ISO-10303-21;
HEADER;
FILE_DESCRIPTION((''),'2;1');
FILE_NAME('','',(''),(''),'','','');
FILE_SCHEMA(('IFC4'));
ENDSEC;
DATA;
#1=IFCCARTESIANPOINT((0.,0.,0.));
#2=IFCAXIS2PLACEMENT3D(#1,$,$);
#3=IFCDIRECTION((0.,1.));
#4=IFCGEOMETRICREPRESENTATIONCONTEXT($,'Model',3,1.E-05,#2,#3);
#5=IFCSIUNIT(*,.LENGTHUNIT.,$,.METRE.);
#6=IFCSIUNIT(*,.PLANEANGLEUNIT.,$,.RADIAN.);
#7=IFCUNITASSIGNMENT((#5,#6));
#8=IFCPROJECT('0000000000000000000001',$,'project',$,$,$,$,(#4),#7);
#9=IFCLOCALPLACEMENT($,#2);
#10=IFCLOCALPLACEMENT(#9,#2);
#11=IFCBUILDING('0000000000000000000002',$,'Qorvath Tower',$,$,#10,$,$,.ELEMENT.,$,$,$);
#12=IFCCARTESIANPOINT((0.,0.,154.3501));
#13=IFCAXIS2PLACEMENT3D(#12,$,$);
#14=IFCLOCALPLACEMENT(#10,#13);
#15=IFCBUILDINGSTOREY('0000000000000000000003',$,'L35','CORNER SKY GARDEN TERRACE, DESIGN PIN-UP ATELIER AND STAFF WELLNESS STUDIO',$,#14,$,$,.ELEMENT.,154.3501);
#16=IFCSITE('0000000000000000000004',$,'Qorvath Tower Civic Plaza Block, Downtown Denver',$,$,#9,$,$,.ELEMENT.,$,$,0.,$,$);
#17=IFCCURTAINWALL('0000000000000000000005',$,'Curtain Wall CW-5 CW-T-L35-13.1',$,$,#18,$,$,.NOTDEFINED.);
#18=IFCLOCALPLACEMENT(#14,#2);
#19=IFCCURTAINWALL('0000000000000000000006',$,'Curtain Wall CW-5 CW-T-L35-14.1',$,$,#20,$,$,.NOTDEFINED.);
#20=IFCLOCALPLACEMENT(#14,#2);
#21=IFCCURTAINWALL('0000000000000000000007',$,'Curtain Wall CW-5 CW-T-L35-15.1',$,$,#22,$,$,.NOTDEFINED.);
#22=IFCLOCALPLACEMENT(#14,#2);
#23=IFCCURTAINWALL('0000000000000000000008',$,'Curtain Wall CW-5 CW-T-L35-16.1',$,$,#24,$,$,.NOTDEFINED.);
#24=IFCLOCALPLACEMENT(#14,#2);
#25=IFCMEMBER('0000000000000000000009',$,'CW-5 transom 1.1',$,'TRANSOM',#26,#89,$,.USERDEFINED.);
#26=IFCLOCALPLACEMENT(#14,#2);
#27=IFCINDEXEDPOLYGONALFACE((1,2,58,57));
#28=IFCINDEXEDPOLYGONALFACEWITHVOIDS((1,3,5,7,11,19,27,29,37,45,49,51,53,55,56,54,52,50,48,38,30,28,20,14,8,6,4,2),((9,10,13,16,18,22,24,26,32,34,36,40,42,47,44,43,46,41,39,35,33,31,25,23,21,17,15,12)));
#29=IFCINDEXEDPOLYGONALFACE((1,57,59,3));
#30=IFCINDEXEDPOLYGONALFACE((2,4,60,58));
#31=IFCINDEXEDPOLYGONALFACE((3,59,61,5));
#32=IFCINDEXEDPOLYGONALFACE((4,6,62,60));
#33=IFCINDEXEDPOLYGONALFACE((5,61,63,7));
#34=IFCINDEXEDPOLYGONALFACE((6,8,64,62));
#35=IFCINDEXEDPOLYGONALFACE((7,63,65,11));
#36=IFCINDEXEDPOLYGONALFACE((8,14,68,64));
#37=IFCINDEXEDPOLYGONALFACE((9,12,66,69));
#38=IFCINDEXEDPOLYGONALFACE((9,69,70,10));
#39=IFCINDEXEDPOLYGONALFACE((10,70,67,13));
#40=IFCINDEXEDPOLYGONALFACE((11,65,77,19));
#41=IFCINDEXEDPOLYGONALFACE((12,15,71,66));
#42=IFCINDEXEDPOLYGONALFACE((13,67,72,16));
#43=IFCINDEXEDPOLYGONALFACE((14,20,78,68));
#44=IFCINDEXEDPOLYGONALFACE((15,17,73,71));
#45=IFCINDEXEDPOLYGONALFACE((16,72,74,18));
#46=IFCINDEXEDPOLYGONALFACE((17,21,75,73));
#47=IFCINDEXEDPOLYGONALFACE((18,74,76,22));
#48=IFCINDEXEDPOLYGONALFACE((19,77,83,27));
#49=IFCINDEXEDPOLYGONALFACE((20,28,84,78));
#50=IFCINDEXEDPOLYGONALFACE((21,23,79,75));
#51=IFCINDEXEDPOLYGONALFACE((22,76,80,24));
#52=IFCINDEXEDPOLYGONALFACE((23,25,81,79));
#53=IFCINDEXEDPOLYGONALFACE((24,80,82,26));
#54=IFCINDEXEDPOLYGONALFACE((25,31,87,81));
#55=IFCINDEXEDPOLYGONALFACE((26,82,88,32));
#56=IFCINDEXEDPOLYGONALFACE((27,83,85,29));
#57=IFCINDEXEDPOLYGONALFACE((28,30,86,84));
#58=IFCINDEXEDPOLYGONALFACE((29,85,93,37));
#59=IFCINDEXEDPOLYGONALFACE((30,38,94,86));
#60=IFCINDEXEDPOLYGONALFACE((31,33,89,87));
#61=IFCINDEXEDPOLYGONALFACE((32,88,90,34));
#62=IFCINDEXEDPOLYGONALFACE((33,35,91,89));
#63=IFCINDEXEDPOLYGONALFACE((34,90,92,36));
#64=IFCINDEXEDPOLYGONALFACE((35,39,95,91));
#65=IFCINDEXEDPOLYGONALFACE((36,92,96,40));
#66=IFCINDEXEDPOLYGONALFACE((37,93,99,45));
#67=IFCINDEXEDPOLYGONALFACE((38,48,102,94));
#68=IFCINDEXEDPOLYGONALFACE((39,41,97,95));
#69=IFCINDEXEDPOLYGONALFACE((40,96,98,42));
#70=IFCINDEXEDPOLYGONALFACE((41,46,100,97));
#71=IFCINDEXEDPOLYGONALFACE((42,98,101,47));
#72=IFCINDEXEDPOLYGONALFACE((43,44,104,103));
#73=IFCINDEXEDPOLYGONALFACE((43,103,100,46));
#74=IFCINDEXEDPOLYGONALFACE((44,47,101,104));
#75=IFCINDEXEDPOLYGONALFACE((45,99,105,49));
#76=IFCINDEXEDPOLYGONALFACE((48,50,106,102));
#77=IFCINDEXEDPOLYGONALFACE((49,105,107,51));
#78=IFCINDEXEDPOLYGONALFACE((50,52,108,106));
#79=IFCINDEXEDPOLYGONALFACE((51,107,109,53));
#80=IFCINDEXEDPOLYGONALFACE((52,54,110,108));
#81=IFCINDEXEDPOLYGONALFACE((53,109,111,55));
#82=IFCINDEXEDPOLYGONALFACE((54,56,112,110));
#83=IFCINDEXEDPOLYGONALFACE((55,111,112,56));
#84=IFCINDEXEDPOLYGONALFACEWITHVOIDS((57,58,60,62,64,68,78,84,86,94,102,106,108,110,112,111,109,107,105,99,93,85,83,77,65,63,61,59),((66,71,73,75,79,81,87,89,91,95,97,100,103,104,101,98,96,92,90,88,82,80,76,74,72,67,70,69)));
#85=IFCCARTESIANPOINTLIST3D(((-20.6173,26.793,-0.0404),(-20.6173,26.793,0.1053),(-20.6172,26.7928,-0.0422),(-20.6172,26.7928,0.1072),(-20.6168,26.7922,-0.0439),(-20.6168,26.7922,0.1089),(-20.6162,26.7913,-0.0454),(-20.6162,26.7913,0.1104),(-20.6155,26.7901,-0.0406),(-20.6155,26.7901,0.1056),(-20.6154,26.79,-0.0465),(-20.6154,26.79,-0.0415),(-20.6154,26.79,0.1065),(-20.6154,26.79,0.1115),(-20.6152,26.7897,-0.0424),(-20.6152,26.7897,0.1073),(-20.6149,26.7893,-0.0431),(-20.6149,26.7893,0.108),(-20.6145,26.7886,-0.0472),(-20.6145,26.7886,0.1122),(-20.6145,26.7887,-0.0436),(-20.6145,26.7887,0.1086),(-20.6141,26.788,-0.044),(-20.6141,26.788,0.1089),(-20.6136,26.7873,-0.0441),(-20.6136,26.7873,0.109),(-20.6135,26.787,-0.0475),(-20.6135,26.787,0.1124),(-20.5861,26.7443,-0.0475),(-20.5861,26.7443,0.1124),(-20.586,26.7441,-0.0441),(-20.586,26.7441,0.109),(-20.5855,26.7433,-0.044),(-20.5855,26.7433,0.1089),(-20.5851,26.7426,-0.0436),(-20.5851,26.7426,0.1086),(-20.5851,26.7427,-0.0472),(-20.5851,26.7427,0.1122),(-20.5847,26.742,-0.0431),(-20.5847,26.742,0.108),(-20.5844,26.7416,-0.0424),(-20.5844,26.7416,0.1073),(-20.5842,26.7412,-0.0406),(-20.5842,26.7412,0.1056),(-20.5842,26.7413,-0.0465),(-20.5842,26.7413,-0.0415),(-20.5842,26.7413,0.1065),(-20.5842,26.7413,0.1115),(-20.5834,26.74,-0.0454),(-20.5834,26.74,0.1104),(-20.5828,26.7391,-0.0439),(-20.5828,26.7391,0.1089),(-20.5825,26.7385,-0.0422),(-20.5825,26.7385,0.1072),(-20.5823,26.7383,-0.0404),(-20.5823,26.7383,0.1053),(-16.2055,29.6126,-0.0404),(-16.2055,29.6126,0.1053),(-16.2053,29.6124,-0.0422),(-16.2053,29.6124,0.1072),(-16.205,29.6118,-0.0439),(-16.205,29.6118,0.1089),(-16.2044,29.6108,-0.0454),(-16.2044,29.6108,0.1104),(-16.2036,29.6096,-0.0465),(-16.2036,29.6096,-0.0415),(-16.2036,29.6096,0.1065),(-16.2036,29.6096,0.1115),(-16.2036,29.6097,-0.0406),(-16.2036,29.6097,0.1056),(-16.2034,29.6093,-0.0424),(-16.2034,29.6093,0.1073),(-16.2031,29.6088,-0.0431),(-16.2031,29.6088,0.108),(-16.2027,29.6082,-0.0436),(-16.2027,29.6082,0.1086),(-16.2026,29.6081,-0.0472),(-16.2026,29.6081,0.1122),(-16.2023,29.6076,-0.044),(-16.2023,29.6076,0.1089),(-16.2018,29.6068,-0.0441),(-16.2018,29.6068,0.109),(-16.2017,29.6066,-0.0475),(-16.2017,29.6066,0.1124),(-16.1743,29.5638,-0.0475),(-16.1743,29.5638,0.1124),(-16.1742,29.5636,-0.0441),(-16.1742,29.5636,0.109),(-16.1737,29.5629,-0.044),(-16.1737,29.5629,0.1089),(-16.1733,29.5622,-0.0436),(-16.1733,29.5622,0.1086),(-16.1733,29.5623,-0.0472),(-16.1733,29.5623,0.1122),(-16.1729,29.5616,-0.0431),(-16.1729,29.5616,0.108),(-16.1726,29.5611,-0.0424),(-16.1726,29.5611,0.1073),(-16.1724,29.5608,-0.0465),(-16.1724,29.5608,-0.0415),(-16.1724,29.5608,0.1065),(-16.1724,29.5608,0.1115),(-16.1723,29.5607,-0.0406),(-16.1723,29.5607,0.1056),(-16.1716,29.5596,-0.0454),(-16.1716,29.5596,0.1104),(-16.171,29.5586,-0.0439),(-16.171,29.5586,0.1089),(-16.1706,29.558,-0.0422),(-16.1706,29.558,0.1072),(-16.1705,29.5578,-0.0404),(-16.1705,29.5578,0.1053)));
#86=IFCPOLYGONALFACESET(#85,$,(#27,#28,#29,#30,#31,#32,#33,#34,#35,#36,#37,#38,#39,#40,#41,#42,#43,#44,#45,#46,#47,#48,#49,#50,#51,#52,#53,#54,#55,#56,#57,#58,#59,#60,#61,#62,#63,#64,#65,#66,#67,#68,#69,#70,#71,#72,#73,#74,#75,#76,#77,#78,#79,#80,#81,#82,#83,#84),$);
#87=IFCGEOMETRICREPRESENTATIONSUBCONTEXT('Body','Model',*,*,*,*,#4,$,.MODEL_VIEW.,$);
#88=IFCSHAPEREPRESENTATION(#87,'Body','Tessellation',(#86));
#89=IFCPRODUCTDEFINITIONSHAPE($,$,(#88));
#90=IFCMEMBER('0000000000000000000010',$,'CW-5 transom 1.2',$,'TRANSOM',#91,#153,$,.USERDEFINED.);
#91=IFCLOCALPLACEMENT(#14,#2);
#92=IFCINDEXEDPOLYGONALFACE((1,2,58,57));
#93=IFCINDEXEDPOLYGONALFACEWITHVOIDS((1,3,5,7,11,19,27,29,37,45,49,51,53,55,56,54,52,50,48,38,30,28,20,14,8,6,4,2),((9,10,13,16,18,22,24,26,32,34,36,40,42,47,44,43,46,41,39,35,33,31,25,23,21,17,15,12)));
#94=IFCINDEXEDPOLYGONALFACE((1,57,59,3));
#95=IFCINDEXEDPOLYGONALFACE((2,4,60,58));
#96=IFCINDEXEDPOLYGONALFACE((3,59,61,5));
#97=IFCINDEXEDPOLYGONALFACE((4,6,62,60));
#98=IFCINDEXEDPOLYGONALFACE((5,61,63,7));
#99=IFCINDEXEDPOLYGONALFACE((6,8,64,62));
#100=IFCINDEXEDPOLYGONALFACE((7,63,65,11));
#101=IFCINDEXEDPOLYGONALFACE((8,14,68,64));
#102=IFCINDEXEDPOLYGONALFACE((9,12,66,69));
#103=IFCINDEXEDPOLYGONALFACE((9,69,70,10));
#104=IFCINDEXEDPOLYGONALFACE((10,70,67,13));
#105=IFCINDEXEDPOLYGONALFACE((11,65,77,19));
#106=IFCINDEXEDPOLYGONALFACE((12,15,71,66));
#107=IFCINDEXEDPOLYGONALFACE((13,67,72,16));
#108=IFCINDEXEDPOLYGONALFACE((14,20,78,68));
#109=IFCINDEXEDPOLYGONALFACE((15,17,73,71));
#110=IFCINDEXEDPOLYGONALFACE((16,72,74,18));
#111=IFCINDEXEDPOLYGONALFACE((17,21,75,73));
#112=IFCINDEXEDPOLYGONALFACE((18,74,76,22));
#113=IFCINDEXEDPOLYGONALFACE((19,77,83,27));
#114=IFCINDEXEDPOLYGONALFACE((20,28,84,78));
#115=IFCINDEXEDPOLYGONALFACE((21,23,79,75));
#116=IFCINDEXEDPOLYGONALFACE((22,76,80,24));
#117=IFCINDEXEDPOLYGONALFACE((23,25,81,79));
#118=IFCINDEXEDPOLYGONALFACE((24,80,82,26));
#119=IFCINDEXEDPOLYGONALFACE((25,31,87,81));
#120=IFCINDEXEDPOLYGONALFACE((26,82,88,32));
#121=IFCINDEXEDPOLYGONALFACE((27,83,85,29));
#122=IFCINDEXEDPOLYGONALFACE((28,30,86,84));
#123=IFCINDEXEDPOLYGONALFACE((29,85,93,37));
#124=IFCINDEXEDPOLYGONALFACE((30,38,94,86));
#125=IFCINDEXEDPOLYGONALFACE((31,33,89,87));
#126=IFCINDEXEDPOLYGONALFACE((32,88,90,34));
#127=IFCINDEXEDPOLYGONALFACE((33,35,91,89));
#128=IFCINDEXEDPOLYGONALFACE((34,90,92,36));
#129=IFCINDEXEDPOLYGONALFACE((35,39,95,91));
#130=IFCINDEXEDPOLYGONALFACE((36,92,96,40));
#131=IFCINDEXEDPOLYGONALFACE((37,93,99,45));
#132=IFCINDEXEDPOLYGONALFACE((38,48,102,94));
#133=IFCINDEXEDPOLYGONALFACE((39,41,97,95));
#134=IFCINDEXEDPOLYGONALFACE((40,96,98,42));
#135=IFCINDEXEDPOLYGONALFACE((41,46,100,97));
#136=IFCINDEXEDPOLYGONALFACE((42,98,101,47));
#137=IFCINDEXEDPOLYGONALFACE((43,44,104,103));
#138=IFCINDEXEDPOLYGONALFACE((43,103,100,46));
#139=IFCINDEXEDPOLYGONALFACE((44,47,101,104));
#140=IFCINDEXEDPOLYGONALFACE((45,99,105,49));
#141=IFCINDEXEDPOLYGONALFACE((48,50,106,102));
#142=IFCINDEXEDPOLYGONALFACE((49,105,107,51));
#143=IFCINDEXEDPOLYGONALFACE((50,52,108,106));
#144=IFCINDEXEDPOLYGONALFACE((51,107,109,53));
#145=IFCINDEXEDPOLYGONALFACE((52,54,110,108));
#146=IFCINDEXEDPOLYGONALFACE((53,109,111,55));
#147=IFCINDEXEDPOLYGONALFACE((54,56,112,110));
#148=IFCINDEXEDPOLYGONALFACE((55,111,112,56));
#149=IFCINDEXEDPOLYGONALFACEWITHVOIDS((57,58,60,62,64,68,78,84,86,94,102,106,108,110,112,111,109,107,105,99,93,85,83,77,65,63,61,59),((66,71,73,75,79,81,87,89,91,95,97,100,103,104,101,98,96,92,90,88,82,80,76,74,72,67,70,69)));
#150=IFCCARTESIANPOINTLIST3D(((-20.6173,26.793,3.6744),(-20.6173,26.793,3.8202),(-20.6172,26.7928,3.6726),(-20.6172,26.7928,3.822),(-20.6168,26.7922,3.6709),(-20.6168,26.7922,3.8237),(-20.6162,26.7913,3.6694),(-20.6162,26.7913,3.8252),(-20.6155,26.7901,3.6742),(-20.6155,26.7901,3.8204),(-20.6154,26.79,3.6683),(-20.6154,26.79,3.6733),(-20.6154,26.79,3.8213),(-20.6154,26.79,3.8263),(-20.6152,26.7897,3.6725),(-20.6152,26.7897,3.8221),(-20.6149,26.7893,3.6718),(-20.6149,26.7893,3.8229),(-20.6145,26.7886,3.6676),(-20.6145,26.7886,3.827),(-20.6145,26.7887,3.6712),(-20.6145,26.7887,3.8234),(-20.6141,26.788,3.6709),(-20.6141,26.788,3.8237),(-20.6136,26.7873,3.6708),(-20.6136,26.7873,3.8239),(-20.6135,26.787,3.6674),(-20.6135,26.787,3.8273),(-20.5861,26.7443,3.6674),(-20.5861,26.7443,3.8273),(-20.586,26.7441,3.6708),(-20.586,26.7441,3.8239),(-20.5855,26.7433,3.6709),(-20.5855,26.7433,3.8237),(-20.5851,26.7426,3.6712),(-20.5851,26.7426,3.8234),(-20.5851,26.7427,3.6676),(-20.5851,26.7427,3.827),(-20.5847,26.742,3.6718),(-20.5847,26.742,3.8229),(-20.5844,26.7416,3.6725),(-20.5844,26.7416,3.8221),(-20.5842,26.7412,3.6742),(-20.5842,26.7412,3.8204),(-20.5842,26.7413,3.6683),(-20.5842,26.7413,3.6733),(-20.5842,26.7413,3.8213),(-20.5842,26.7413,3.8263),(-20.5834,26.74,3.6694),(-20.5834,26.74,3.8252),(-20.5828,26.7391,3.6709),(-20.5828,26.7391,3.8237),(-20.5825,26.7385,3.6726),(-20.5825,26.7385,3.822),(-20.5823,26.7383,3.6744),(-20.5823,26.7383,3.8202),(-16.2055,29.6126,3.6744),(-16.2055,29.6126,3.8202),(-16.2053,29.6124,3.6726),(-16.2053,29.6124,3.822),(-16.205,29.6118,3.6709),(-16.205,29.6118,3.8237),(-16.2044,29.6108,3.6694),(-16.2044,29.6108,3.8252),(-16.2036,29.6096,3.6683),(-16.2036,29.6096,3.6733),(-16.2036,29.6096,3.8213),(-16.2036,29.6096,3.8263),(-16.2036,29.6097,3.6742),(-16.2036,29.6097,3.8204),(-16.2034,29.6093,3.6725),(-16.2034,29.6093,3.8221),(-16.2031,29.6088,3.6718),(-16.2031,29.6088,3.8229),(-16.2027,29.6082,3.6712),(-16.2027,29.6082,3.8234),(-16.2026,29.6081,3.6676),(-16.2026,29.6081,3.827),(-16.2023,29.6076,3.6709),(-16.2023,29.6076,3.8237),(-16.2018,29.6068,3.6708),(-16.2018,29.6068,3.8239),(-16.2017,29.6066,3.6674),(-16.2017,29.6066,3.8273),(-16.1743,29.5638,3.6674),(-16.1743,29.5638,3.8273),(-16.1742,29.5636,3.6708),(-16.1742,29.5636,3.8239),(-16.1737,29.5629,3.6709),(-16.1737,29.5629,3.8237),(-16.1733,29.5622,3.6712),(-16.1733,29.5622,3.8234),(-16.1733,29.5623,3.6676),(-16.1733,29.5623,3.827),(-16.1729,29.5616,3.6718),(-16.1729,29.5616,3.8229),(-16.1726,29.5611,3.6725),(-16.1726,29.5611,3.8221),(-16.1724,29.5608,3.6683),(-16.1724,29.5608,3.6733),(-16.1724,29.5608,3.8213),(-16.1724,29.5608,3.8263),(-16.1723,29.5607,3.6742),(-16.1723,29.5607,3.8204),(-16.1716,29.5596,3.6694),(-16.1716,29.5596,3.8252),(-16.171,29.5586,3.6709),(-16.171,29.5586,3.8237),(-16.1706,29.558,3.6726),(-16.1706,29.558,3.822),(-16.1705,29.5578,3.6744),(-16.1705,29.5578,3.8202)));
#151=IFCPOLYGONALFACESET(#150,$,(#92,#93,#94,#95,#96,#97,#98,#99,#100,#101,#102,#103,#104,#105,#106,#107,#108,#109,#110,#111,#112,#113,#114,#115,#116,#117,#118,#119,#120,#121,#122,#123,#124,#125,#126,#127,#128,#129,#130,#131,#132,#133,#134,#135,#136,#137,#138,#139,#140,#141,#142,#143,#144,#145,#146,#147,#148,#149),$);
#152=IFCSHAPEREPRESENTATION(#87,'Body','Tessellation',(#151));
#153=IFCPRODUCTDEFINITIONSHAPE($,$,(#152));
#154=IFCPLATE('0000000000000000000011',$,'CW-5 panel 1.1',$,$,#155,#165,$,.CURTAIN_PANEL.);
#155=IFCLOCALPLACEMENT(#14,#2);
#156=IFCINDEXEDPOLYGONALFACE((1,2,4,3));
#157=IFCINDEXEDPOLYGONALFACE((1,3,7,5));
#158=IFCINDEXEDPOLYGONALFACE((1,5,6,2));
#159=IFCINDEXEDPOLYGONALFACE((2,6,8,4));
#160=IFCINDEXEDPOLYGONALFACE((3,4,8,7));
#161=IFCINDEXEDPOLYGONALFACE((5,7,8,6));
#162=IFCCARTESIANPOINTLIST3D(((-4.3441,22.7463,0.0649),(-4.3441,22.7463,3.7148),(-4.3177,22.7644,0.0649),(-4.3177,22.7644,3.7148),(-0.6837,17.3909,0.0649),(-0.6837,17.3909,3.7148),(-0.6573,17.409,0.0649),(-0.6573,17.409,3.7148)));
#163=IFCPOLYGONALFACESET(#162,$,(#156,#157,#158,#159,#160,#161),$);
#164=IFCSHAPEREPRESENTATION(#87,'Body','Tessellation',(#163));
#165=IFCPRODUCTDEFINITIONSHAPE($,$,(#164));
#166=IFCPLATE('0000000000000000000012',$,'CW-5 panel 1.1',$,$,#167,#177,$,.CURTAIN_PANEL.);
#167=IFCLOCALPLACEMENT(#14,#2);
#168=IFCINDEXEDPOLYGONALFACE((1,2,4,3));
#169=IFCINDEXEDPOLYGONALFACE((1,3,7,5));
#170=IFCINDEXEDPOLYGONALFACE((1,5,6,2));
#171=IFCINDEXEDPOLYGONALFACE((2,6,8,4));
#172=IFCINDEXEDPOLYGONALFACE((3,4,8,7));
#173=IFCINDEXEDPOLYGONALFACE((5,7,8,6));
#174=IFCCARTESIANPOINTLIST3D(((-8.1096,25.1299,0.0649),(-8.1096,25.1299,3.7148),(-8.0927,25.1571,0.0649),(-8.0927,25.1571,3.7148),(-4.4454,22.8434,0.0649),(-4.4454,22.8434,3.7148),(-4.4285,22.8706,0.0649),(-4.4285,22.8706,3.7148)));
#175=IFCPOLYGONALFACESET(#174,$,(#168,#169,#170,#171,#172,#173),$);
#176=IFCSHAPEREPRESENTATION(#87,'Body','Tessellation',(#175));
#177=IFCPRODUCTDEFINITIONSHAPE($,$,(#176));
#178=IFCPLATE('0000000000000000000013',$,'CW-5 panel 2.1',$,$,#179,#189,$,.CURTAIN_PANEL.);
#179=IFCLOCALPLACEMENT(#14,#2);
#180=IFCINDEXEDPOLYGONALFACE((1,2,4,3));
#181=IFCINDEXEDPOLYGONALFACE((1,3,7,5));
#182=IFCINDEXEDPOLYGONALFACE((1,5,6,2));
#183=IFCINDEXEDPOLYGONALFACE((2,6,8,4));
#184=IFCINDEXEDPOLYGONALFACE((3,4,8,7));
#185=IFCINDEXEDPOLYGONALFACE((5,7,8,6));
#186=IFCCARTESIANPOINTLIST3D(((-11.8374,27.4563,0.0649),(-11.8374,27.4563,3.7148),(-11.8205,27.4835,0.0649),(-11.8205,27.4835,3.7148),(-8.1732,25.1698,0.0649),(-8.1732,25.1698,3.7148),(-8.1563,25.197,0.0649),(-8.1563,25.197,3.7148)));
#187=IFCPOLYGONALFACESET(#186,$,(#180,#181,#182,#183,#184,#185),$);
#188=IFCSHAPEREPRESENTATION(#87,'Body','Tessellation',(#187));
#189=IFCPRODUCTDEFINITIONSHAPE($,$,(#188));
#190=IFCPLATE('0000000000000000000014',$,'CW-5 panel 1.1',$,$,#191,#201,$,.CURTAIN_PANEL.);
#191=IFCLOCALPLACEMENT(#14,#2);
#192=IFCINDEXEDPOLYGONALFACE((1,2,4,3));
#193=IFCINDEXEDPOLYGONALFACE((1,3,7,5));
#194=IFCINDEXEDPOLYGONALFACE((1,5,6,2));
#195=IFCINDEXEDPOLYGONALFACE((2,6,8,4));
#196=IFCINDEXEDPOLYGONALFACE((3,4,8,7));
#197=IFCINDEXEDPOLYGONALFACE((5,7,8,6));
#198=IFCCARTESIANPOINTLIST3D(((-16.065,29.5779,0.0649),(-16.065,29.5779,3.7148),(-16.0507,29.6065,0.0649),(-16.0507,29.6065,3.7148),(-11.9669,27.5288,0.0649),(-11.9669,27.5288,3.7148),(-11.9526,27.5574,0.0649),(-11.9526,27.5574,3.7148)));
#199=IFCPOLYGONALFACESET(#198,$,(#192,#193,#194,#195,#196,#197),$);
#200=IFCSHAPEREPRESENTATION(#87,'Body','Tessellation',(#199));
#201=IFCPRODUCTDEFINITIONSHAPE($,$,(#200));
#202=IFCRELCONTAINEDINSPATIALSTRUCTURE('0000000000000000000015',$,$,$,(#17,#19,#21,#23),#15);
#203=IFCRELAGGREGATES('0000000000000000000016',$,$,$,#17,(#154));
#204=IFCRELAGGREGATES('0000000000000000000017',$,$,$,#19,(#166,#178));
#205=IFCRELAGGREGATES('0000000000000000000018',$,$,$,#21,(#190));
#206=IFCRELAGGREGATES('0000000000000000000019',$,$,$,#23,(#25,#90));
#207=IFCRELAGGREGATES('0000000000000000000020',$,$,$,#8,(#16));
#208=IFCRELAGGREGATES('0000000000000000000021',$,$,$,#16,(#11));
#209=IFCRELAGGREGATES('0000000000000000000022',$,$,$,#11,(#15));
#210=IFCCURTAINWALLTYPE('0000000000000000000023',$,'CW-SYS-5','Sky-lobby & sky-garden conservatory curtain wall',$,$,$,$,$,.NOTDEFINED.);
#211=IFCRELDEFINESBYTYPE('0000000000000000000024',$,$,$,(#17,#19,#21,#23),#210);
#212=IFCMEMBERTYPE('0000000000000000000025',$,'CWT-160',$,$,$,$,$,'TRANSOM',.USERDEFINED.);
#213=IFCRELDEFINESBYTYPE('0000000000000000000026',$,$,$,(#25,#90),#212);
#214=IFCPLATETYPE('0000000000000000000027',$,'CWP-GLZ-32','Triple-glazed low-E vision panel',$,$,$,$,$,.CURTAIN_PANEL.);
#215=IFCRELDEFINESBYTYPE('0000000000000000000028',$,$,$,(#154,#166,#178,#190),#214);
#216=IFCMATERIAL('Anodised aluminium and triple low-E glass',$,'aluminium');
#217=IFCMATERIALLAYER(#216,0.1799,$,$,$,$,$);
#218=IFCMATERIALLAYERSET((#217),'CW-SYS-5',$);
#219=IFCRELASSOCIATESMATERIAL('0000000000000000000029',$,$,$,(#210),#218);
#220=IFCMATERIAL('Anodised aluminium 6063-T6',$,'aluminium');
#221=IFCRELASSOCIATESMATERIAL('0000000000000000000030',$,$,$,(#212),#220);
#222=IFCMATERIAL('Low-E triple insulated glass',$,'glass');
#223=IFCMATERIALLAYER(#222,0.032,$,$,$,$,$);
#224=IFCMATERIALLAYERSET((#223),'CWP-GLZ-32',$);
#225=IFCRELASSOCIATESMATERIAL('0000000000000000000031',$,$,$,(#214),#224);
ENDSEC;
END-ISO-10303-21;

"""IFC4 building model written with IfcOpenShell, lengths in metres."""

from ifc_helpers import new_model, si_unit, direction, frame, origin, origin_2d, place, context, subcontext, project, spatial, rectangle, hollow_rectangle, extrude, material, layer, layer_set, material_profile, profile_set, type_object, element, aggregate, save


model = new_model("IFC4")

# Units and contexts
model_context = context("Model", 3, precision=1e-05, world=origin(), true_north=direction((0.0, 1.0)))
body_context = subcontext(model_context, "Body", "Model", "MODEL_VIEW")
ifc_project = project(units=[si_unit("LENGTHUNIT", "METRE"), si_unit("PLANEANGLEUNIT", "RADIAN")], contexts=[model_context])

# Site, building, storey
site_placement = place(None, origin())
site = spatial("IfcSite", under=ifc_project, at=site_placement, Name="Qorvath Tower Civic Plaza Block, Downtown Denver", CompositionType="ELEMENT", RefElevation=0.0)
building_placement = place(site_placement, origin())
building = spatial("IfcBuilding", under=site, at=building_placement, Name="Qorvath Tower", CompositionType="ELEMENT")
storey_placement = place(building_placement, frame((0.0, 0.0, 154.3501)))
storey = spatial("IfcBuildingStorey", under=building, at=storey_placement, Name="L35", Description="CORNER SKY GARDEN TERRACE, DESIGN PIN-UP ATELIER AND STAFF WELLNESS STUDIO", CompositionType="ELEMENT", Elevation=154.3501)

# Curtain wall
ifc_material_1 = material(Name="Anodised aluminium and triple low-E glass", Category="aluminium")
ifc_layer_1 = layer(ifc_material_1, 0.1799)
ifc_layer_set_1 = layer_set([ifc_layer_1], Name="CW-SYS-5")
curtain_wall_type = type_object("IfcCurtainWallType", Name="CW-SYS-5", Description="Sky-lobby & sky-garden conservatory curtain wall", PredefinedType="NOTDEFINED", material=ifc_layer_set_1)
curtain_wall_1_placement = place(storey_placement, origin())
curtain_wall_1 = element("IfcCurtainWall", 1, at=curtain_wall_1_placement, inside=storey, type_object=curtain_wall_type, Name="Curtain Wall CW-5 CW-T-L35-13.1", PredefinedType="NOTDEFINED")

# Curtain walls
curtain_wall_2_placement = place(storey_placement, origin())
curtain_wall_2 = element("IfcCurtainWall", 2, at=curtain_wall_2_placement, inside=storey, type_object=curtain_wall_type, Name="Curtain Wall CW-5 CW-T-L35-14.1", PredefinedType="NOTDEFINED")
curtain_wall_3_placement = place(storey_placement, origin())
curtain_wall_3 = element("IfcCurtainWall", 3, at=curtain_wall_3_placement, inside=storey, type_object=curtain_wall_type, Name="Curtain Wall CW-5 CW-T-L35-15.1", PredefinedType="NOTDEFINED")

# Curtain wall
curtain_wall_4_placement = place(storey_placement, origin())
curtain_wall_4 = element("IfcCurtainWall", 4, at=curtain_wall_4_placement, inside=storey, type_object=curtain_wall_type, Name="Curtain Wall CW-5 CW-T-L35-16.1", PredefinedType="NOTDEFINED")

# Members
ifc_material_2 = material(Name="Anodised aluminium 6063-T6", Category="aluminium")
ifc_material_profile_1 = material_profile(ifc_material_2, hollow_rectangle(XDim=0.0649, YDim=0.1599, WallThickness=0.0034, InnerFilletRadius=0.0034, OuterFilletRadius=0.0071, at=origin_2d()), Name="CWT 160x65")
ifc_profile_set_1 = profile_set([ifc_material_profile_1], Name="Anodised aluminium 6063-T6")
member_type_1 = type_object("IfcMemberType", Name="CWT-160", ElementType="TRANSOM", PredefinedType="USERDEFINED", material=ifc_profile_set_1)
member_1_placement = place(storey_placement, frame((-16.188, 29.5852, 0.0325), z_axis=(-0.842619, -0.53851, 0.0), x_axis=(0.53851, -0.842619, 0.0)))
member_1 = element("IfcMember", 5, at=member_1_placement, type_object=member_type_1, Name="CW-5 transom 1.1", ObjectType="TRANSOM", PredefinedType="USERDEFINED", context=body_context, shape_type="SweptSolid", body=[
    extrude(hollow_rectangle(XDim=0.0649, YDim=0.1599, WallThickness=0.0034, InnerFilletRadius=0.0034, OuterFilletRadius=0.0071, at=origin_2d()), origin(), (0.0, 0.0, 1.0), 5.2358),
])
member_2_placement = place(storey_placement, frame((-16.188, 29.5852, 3.7473), z_axis=(-0.842619, -0.53851, 0.0), x_axis=(0.53851, -0.842619, 0.0)))
member_2 = element("IfcMember", 6, at=member_2_placement, type_object=member_type_1, Name="CW-5 transom 1.2", ObjectType="TRANSOM", PredefinedType="USERDEFINED", context=body_context, shape_type="SweptSolid", body=[
    extrude(hollow_rectangle(XDim=0.0649, YDim=0.1599, WallThickness=0.0034, InnerFilletRadius=0.0034, OuterFilletRadius=0.0071, at=origin_2d()), origin(), (0.0, 0.0, 1.0), 5.2358),
])

# Plates
ifc_material_3 = material(Name="Low-E triple insulated glass", Category="glass")
ifc_layer_2 = layer(ifc_material_3, 0.032)
ifc_layer_set_2 = layer_set([ifc_layer_2], Name="CWP-GLZ-32")
plate_type = type_object("IfcPlateType", Name="CWP-GLZ-32", Description="Triple-glazed low-E vision panel", PredefinedType="CURTAIN_PANEL", material=ifc_layer_set_2)
plate_1_placement = place(storey_placement, frame((-2.5007, 20.0776, 0.0649), z_axis=(0.0, 0.0, 1.0), x_axis=(-0.564284, 0.825581, 0.0)))
plate_1 = element("IfcPlate", 7, at=plate_1_placement, type_object=plate_type, Name="CW-5 panel 1.1", PredefinedType="CURTAIN_PANEL", context=body_context, shape_type="SweptSolid", body=[
    extrude(rectangle(XDim=6.4868, YDim=0.032, at=origin_2d()), origin(), (0.0, 0.0, 1.0), 3.6499),
])
aggregate(curtain_wall_1, [plate_1])
plate_2_placement = place(storey_placement, frame((-6.269, 24.0002, 0.0649), z_axis=(0.0, 0.0, 1.0), x_axis=(-0.848377, 0.529393, 0.0)))
plate_2 = element("IfcPlate", 8, at=plate_2_placement, type_object=plate_type, Name="CW-5 panel 1.1", PredefinedType="CURTAIN_PANEL", context=body_context, shape_type="SweptSolid", body=[
    extrude(rectangle(XDim=4.3191, YDim=0.032, at=origin_2d()), origin(), (0.0, 0.0, 1.0), 3.6499),
])
plate_3_placement = place(storey_placement, frame((-9.9968, 26.3267, 0.0649), z_axis=(0.0, 0.0, 1.0), x_axis=(-0.848377, 0.529393, 0.0)))
plate_3 = element("IfcPlate", 9, at=plate_3_placement, type_object=plate_type, Name="CW-5 panel 2.1", PredefinedType="CURTAIN_PANEL", context=body_context, shape_type="SweptSolid", body=[
    extrude(rectangle(XDim=4.3191, YDim=0.032, at=origin_2d()), origin(), (0.0, 0.0, 1.0), 3.6499),
])
aggregate(curtain_wall_2, [plate_2, plate_3])
plate_4_placement = place(storey_placement, frame((-14.0088, 28.5676, 0.0649), z_axis=(0.0, 0.0, 1.0), x_axis=(-0.894419, 0.447231, 0.0)))
plate_4 = element("IfcPlate", 10, at=plate_4_placement, type_object=plate_type, Name="CW-5 panel 1.1", PredefinedType="CURTAIN_PANEL", context=body_context, shape_type="SweptSolid", body=[
    extrude(rectangle(XDim=4.5818, YDim=0.032, at=origin_2d()), origin(), (0.0, 0.0, 1.0), 3.6499),
])
aggregate(curtain_wall_3, [plate_4])
aggregate(curtain_wall_4, [member_1, member_2])

save(model, "model.ifc")
